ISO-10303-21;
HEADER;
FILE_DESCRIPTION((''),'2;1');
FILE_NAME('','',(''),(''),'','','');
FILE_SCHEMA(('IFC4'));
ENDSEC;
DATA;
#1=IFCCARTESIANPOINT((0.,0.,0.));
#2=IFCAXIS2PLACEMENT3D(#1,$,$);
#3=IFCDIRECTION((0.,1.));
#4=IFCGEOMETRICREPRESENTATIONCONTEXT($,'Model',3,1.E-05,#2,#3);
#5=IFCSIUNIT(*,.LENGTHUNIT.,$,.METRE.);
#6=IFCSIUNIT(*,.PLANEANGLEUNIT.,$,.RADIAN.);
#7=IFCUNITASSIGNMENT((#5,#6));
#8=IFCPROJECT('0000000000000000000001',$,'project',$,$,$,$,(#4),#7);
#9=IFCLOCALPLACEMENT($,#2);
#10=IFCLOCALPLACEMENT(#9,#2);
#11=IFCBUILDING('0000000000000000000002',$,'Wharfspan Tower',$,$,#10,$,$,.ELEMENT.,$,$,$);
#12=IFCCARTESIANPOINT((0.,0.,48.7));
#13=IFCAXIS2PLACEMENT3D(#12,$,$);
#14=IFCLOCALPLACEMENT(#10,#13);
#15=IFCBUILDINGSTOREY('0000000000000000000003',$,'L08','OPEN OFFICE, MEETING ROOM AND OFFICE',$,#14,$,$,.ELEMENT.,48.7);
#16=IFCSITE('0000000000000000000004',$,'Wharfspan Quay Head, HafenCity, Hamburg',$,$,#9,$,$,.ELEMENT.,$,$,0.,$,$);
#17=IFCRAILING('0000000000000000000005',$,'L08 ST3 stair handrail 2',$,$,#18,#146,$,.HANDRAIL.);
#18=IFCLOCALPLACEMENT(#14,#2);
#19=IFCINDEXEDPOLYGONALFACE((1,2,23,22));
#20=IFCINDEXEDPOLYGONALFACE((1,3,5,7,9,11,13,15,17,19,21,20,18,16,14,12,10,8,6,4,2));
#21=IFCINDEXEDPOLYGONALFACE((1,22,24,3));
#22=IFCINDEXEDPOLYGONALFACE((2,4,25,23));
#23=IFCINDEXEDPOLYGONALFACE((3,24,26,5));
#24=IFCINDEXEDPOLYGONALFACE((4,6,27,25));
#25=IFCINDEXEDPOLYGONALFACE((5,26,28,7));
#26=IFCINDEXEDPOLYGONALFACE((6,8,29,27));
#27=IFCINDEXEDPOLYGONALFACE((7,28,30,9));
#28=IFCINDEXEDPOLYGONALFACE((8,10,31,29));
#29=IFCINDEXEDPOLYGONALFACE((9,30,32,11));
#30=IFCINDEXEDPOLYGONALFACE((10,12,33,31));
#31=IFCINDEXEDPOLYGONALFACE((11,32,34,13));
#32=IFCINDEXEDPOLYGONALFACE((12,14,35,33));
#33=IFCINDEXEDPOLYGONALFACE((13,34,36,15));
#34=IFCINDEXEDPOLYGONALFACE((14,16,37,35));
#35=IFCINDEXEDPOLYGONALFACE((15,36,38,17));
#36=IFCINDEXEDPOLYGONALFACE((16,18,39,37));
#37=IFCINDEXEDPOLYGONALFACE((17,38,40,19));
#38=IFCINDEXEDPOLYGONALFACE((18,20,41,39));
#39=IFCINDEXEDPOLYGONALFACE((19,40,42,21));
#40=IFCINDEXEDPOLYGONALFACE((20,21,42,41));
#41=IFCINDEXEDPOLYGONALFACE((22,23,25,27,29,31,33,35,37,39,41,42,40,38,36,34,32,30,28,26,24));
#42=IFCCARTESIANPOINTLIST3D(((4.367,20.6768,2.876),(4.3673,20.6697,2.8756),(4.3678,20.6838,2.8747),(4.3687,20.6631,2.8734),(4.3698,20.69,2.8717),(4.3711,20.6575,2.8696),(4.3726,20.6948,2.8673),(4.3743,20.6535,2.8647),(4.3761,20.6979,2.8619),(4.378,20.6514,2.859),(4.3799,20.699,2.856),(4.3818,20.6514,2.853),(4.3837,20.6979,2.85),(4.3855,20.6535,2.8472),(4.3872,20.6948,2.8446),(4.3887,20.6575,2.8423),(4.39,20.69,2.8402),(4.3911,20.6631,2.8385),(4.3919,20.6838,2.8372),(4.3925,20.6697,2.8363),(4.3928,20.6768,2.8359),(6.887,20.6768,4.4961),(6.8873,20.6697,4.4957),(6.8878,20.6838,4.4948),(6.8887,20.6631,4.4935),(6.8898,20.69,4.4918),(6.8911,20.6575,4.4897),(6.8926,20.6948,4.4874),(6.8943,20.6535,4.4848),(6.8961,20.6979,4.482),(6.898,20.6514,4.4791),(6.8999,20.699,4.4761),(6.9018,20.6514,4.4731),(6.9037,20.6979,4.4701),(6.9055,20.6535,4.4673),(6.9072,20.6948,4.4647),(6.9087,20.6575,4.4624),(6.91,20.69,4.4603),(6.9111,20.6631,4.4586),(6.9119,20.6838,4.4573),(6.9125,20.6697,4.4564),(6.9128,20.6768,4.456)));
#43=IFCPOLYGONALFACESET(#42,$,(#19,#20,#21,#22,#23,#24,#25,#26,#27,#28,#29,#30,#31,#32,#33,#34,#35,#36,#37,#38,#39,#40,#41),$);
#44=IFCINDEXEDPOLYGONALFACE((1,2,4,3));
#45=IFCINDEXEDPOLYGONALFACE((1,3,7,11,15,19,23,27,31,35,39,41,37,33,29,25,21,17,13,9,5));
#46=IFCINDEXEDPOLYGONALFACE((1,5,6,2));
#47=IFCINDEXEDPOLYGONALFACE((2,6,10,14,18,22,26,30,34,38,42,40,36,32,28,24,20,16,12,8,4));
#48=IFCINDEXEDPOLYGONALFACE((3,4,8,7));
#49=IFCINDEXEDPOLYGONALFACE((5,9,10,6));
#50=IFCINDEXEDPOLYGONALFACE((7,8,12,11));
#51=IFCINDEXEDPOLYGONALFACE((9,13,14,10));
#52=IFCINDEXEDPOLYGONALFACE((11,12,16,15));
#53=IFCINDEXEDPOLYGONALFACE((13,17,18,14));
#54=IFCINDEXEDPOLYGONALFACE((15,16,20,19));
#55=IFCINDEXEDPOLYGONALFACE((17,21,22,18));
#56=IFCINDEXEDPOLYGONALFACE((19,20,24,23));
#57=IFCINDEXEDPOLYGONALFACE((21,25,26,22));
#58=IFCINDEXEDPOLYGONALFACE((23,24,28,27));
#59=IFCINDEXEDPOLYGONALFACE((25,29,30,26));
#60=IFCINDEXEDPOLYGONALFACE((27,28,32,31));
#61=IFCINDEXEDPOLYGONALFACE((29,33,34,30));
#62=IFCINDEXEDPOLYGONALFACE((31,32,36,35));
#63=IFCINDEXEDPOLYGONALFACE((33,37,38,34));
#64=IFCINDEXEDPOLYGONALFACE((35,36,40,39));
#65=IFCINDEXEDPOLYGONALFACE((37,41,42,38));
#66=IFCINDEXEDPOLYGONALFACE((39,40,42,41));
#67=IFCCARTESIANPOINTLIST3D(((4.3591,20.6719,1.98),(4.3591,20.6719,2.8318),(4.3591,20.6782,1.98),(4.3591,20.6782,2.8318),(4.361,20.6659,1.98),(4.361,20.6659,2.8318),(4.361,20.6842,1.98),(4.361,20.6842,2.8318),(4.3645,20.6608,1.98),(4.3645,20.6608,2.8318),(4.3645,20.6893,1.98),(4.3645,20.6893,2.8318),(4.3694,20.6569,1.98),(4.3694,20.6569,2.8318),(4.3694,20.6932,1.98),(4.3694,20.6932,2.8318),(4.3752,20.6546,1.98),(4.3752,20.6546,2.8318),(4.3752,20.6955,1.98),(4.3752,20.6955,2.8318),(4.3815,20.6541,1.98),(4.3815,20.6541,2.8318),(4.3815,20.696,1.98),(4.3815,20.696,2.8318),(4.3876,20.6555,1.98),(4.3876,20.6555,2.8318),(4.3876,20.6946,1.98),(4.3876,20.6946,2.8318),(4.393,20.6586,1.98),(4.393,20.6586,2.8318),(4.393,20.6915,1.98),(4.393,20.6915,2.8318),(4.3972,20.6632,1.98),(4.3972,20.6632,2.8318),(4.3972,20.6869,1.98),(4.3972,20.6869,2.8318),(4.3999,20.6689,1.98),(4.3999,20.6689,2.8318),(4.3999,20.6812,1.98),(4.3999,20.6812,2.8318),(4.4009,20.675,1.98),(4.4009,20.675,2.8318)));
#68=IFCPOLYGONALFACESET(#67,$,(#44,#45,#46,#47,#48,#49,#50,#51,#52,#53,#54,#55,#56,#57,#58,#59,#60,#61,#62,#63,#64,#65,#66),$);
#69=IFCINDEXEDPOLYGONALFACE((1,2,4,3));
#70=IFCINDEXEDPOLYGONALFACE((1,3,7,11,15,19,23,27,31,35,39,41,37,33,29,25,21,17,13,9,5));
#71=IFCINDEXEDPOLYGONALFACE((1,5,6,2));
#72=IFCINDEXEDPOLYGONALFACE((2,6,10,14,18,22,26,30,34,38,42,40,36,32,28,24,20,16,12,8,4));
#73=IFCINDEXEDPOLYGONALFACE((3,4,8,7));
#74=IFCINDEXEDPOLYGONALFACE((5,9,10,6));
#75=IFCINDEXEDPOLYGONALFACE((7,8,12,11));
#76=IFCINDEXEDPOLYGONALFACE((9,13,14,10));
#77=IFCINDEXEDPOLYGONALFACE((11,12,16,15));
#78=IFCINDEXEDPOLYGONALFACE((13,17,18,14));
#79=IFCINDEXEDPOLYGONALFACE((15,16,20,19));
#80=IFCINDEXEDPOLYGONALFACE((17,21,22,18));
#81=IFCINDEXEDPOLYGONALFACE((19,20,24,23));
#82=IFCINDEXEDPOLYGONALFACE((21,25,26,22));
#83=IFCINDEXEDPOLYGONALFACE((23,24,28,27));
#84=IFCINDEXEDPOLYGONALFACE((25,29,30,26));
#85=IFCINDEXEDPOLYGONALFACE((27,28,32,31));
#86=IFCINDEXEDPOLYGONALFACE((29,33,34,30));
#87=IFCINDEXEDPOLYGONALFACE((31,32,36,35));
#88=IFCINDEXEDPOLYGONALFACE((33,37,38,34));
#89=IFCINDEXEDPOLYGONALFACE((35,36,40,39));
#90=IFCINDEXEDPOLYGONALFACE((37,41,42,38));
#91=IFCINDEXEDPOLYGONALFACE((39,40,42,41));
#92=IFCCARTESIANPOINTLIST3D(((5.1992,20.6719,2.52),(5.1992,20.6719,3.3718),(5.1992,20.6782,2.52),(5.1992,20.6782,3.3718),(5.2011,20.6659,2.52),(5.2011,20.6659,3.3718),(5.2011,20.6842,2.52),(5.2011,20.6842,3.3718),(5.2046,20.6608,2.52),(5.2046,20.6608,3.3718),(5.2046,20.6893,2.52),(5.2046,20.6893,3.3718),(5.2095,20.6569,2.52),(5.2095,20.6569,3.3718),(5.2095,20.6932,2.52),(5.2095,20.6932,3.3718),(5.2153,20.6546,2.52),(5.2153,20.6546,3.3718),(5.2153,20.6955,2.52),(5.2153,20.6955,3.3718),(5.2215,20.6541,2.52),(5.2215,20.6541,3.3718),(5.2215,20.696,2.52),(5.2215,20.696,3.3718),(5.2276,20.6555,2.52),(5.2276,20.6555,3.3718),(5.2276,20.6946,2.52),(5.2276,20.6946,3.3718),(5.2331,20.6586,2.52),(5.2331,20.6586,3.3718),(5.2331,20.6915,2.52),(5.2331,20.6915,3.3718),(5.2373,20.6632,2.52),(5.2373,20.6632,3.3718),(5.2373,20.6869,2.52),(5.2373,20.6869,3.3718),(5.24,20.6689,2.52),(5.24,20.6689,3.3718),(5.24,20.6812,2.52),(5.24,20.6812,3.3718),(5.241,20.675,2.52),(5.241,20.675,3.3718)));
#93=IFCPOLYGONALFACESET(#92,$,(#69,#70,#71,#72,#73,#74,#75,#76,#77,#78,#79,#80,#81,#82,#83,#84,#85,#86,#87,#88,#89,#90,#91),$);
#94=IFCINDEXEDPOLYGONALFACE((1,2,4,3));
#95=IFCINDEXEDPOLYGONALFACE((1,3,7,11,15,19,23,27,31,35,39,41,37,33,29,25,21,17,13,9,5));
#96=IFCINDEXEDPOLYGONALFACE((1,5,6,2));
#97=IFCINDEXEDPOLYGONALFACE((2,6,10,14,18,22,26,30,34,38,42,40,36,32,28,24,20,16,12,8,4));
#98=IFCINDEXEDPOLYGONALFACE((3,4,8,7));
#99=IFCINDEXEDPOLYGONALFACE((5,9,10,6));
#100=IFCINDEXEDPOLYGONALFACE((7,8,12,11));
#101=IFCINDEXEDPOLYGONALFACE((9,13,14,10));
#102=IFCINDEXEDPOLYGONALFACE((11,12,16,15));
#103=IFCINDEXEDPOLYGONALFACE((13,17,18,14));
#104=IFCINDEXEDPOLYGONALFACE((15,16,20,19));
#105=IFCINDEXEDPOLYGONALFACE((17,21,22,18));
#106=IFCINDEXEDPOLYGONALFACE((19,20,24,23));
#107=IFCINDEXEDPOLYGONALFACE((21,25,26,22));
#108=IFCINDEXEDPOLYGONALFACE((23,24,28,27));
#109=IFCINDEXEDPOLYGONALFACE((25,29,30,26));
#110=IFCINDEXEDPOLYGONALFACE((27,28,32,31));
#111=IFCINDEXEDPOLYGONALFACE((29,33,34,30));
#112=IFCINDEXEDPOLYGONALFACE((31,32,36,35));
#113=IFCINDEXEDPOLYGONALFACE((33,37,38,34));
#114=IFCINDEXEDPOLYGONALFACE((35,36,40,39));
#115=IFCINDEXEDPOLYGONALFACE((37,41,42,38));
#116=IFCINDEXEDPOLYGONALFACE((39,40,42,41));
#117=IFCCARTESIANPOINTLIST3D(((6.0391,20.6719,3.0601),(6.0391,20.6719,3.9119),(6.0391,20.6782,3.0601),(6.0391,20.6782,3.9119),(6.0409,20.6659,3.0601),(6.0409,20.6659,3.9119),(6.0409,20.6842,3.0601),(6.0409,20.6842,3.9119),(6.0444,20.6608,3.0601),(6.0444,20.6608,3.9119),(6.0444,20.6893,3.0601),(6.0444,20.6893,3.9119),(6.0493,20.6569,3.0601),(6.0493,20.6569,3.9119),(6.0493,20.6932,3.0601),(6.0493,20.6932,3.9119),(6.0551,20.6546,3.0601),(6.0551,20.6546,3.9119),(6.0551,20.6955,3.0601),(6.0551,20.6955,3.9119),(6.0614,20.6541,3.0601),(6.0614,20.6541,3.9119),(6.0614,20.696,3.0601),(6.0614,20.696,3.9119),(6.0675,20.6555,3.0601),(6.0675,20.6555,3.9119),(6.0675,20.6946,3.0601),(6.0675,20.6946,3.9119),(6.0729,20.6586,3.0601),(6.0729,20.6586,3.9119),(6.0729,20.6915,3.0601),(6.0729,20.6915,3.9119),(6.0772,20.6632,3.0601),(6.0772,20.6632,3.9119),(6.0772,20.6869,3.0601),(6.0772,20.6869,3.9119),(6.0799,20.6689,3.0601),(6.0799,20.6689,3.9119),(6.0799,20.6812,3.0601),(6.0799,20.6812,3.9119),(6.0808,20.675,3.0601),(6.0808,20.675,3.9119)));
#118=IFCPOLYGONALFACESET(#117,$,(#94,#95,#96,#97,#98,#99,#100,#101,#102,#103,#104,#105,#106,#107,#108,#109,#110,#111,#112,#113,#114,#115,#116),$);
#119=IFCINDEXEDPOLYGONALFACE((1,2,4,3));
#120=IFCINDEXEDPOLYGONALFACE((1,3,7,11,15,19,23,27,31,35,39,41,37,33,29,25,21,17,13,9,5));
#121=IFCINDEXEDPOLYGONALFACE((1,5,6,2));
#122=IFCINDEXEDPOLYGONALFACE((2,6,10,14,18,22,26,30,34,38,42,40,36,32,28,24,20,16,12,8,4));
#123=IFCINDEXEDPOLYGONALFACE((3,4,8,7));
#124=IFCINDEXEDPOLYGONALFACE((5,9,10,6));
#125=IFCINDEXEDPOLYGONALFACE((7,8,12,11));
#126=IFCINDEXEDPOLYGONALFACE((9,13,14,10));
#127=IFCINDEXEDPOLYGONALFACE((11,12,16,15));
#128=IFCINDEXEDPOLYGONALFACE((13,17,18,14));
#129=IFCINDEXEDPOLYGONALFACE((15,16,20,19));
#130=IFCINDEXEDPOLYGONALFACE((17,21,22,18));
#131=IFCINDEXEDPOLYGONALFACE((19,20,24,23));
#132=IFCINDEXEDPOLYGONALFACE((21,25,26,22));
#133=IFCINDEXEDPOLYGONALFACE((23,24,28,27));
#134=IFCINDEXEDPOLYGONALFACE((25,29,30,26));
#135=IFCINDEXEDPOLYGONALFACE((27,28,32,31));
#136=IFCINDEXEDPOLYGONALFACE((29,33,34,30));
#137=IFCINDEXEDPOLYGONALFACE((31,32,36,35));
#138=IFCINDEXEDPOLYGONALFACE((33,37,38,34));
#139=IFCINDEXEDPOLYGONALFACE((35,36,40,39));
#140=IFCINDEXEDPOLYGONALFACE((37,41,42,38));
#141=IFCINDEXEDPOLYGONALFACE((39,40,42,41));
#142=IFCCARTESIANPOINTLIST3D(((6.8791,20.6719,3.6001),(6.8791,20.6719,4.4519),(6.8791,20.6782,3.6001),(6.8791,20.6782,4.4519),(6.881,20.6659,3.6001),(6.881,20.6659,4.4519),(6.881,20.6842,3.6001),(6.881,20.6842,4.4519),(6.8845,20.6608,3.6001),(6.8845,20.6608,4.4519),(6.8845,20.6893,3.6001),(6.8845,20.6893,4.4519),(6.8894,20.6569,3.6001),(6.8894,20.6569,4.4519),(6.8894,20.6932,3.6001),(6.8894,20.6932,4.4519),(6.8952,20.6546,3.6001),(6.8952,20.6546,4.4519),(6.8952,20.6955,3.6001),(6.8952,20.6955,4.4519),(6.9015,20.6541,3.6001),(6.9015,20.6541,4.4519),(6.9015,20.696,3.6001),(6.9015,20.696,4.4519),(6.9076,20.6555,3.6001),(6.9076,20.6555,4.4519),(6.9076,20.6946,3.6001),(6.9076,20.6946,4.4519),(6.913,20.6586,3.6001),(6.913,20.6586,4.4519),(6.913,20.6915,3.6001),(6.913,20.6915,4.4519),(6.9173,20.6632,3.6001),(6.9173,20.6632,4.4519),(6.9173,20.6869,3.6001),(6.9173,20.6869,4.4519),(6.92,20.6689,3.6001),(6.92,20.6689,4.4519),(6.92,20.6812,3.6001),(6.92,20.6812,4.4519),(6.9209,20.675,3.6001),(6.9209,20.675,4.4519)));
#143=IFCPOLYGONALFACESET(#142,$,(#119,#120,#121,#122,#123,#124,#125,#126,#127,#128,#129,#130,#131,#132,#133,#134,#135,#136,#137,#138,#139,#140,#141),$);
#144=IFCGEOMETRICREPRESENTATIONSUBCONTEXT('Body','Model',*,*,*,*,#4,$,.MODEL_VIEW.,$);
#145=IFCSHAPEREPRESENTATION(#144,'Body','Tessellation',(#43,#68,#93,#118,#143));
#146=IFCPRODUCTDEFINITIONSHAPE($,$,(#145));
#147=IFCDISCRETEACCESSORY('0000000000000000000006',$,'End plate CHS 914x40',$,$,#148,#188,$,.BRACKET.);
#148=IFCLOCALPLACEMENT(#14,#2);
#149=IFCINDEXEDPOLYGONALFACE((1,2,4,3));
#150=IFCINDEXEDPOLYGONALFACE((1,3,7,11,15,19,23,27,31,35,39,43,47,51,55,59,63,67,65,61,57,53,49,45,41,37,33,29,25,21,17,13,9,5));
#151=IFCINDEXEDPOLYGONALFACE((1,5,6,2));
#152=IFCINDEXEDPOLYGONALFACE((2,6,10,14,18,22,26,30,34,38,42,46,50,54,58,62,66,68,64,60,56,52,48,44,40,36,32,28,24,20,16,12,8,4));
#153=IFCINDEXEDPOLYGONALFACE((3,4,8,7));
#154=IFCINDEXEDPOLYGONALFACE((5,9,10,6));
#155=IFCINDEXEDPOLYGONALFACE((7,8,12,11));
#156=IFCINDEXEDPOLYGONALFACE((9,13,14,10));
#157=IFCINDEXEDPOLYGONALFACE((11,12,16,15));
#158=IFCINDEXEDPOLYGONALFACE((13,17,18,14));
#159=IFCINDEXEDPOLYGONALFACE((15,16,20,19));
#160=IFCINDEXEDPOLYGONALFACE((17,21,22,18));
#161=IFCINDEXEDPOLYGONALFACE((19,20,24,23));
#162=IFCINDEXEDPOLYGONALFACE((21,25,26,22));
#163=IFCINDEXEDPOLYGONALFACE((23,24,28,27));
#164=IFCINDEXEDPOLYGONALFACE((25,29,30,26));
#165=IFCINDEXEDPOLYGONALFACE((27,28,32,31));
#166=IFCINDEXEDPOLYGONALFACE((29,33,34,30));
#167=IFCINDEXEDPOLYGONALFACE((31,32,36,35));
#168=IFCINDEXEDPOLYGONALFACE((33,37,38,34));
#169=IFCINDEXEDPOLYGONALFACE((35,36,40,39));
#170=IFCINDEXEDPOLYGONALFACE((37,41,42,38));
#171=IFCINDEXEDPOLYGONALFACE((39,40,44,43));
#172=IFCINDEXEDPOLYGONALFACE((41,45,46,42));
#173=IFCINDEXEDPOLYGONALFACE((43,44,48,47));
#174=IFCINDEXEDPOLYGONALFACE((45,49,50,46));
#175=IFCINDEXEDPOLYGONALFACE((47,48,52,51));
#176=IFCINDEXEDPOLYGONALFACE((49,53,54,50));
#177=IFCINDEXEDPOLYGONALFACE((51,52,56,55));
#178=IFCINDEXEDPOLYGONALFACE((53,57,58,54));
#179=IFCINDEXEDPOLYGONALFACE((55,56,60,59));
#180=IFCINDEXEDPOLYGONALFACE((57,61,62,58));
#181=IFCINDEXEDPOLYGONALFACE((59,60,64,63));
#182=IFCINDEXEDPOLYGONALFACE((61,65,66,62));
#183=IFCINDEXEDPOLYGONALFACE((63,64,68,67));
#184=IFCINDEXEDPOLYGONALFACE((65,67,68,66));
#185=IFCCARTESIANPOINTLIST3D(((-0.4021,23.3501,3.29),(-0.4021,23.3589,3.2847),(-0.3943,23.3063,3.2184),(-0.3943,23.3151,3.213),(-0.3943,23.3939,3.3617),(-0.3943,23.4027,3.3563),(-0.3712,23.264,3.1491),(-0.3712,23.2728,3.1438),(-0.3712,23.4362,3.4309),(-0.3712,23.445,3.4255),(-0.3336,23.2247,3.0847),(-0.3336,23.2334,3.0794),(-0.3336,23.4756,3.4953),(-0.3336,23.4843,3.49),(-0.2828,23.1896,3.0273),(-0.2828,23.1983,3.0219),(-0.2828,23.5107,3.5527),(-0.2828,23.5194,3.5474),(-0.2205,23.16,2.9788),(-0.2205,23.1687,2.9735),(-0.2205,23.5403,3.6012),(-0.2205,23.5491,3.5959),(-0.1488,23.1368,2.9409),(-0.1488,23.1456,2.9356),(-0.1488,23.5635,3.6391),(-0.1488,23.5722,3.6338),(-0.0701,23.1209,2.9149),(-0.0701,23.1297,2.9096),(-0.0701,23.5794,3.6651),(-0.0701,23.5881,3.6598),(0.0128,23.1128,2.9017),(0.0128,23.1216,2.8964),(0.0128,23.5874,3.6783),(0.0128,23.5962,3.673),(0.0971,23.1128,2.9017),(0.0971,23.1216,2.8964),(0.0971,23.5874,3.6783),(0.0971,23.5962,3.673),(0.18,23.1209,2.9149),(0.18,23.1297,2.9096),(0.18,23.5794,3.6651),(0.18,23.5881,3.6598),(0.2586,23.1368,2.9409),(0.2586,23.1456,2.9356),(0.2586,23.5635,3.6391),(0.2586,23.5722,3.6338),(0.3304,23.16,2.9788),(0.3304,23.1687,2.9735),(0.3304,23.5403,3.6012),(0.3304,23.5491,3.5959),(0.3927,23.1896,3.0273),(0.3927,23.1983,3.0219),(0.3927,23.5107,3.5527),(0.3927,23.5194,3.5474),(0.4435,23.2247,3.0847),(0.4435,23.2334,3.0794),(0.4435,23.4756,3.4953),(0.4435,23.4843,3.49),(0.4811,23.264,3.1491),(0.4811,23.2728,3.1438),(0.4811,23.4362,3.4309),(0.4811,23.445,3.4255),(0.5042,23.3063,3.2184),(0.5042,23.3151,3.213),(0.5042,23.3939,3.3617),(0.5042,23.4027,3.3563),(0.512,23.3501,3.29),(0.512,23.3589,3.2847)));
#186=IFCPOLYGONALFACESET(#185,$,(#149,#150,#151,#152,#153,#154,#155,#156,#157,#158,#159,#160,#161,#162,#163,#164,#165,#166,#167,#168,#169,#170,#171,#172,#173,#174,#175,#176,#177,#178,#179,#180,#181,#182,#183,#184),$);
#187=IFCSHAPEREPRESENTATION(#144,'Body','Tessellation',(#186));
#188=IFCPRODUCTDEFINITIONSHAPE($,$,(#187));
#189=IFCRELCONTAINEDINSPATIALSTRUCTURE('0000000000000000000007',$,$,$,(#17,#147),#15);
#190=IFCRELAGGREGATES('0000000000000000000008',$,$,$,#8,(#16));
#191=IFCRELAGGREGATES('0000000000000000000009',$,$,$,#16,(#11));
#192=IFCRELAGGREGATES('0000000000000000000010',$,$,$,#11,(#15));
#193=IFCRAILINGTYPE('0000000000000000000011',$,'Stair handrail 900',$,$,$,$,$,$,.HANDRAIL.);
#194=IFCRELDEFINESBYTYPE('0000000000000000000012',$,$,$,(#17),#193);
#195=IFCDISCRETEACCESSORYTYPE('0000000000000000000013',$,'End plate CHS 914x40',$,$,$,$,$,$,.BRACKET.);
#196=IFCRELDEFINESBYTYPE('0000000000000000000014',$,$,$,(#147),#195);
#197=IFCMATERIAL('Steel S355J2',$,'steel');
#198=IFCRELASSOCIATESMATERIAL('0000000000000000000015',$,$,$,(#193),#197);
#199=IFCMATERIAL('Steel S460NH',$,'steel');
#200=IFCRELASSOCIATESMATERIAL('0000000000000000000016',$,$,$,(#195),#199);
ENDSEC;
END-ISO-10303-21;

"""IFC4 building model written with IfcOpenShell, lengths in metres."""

from ifc_helpers import new_model, si_unit, direction, frame, origin, origin_2d, place, context, subcontext, project, spatial, circle, extrude, material, material_profile, profile_set, type_object, element, save


model = new_model("IFC4")

# Units and contexts
model_context = context("Model", 3, precision=1e-05, world=origin(), true_north=direction((0.0, 1.0)))
body_context = subcontext(model_context, "Body", "Model", "MODEL_VIEW")
ifc_project = project(units=[si_unit("LENGTHUNIT", "METRE"), si_unit("PLANEANGLEUNIT", "RADIAN")], contexts=[model_context])

# Site, building, storey
site_placement = place(None, origin())
site = spatial("IfcSite", under=ifc_project, at=site_placement, Name="Wharfspan Quay Head, HafenCity, Hamburg", CompositionType="ELEMENT", RefElevation=0.0)
building_placement = place(site_placement, origin())
building = spatial("IfcBuilding", under=site, at=building_placement, Name="Wharfspan Tower", CompositionType="ELEMENT")
storey_placement = place(building_placement, frame((0.0, 0.0, 48.7)))
storey = spatial("IfcBuildingStorey", under=building, at=storey_placement, Name="L08", Description="OPEN OFFICE, MEETING ROOM AND OFFICE", CompositionType="ELEMENT", Elevation=48.7)

# Shared definitions
ifc_material_1 = material(Name="Steel S355J2", Category="steel")

# Shared definitions
ifc_material_2 = material(Name="Steel S460NH", Category="steel")

# Railing
railing_type_1 = type_object("IfcRailingType", Name="Stair handrail 900", PredefinedType="HANDRAIL", material=ifc_material_1)
railing_1_placement = place(storey_placement, frame((4.3799, 20.675, 1.98)))
element("IfcRailing", 1, at=railing_1_placement, inside=storey, type_object=railing_type_1, Name="L08 ST3 stair handrail 2", PredefinedType="HANDRAIL", context=body_context, shape_type="SweptSolid", body=[
    extrude(circle(Radius=0.0239, at=origin_2d()), frame((0.0, 0.0, 0.876), z_axis=(0.841163, 0.0, 0.540782), x_axis=(0.0, 1.0, 0.0)), (0.0, 0.0, 1.0), 2.9958),
    extrude(circle(Radius=0.021, at=origin_2d()), origin(), (0.0, 0.0, 1.0), 0.8518),
    extrude(circle(Radius=0.021, at=origin_2d()), frame((0.8401, 0.0, 0.54)), (0.0, 0.0, 1.0), 0.8518),
    extrude(circle(Radius=0.021, at=origin_2d()), frame((1.6799, 0.0, 1.0801)), (0.0, 0.0, 1.0), 0.8518),
    extrude(circle(Radius=0.021, at=origin_2d()), frame((2.52, 0.0, 1.6201)), (0.0, 0.0, 1.0), 0.8518),
])

# Discrete accessory
ifc_material_profile_1 = material_profile(ifc_material_2, circle(Radius=0.457, at=origin_2d()))
ifc_profile_set_1 = profile_set([ifc_material_profile_1], Name="Steel S460NH")
discrete_accessory_type = type_object("IfcDiscreteAccessoryType", Name="End plate CHS 914x40", PredefinedType="BRACKET", material=ifc_profile_set_1)
discrete_accessory_1_placement = place(storey_placement, frame((0.0549, 23.3589, 3.2847), z_axis=(0.0, -0.853282, 0.52145), x_axis=(1.0, 0.0, 0.0)))
element("IfcDiscreteAccessory", 2, at=discrete_accessory_1_placement, inside=storey, type_object=discrete_accessory_type, Name="End plate CHS 914x40", PredefinedType="BRACKET", context=body_context, shape_type="SweptSolid", body=[
    extrude(circle(Radius=0.457, at=origin_2d()), origin(), (0.0, 0.0, 1.0), 0.0103),
])

save(model, "model.ifc")
